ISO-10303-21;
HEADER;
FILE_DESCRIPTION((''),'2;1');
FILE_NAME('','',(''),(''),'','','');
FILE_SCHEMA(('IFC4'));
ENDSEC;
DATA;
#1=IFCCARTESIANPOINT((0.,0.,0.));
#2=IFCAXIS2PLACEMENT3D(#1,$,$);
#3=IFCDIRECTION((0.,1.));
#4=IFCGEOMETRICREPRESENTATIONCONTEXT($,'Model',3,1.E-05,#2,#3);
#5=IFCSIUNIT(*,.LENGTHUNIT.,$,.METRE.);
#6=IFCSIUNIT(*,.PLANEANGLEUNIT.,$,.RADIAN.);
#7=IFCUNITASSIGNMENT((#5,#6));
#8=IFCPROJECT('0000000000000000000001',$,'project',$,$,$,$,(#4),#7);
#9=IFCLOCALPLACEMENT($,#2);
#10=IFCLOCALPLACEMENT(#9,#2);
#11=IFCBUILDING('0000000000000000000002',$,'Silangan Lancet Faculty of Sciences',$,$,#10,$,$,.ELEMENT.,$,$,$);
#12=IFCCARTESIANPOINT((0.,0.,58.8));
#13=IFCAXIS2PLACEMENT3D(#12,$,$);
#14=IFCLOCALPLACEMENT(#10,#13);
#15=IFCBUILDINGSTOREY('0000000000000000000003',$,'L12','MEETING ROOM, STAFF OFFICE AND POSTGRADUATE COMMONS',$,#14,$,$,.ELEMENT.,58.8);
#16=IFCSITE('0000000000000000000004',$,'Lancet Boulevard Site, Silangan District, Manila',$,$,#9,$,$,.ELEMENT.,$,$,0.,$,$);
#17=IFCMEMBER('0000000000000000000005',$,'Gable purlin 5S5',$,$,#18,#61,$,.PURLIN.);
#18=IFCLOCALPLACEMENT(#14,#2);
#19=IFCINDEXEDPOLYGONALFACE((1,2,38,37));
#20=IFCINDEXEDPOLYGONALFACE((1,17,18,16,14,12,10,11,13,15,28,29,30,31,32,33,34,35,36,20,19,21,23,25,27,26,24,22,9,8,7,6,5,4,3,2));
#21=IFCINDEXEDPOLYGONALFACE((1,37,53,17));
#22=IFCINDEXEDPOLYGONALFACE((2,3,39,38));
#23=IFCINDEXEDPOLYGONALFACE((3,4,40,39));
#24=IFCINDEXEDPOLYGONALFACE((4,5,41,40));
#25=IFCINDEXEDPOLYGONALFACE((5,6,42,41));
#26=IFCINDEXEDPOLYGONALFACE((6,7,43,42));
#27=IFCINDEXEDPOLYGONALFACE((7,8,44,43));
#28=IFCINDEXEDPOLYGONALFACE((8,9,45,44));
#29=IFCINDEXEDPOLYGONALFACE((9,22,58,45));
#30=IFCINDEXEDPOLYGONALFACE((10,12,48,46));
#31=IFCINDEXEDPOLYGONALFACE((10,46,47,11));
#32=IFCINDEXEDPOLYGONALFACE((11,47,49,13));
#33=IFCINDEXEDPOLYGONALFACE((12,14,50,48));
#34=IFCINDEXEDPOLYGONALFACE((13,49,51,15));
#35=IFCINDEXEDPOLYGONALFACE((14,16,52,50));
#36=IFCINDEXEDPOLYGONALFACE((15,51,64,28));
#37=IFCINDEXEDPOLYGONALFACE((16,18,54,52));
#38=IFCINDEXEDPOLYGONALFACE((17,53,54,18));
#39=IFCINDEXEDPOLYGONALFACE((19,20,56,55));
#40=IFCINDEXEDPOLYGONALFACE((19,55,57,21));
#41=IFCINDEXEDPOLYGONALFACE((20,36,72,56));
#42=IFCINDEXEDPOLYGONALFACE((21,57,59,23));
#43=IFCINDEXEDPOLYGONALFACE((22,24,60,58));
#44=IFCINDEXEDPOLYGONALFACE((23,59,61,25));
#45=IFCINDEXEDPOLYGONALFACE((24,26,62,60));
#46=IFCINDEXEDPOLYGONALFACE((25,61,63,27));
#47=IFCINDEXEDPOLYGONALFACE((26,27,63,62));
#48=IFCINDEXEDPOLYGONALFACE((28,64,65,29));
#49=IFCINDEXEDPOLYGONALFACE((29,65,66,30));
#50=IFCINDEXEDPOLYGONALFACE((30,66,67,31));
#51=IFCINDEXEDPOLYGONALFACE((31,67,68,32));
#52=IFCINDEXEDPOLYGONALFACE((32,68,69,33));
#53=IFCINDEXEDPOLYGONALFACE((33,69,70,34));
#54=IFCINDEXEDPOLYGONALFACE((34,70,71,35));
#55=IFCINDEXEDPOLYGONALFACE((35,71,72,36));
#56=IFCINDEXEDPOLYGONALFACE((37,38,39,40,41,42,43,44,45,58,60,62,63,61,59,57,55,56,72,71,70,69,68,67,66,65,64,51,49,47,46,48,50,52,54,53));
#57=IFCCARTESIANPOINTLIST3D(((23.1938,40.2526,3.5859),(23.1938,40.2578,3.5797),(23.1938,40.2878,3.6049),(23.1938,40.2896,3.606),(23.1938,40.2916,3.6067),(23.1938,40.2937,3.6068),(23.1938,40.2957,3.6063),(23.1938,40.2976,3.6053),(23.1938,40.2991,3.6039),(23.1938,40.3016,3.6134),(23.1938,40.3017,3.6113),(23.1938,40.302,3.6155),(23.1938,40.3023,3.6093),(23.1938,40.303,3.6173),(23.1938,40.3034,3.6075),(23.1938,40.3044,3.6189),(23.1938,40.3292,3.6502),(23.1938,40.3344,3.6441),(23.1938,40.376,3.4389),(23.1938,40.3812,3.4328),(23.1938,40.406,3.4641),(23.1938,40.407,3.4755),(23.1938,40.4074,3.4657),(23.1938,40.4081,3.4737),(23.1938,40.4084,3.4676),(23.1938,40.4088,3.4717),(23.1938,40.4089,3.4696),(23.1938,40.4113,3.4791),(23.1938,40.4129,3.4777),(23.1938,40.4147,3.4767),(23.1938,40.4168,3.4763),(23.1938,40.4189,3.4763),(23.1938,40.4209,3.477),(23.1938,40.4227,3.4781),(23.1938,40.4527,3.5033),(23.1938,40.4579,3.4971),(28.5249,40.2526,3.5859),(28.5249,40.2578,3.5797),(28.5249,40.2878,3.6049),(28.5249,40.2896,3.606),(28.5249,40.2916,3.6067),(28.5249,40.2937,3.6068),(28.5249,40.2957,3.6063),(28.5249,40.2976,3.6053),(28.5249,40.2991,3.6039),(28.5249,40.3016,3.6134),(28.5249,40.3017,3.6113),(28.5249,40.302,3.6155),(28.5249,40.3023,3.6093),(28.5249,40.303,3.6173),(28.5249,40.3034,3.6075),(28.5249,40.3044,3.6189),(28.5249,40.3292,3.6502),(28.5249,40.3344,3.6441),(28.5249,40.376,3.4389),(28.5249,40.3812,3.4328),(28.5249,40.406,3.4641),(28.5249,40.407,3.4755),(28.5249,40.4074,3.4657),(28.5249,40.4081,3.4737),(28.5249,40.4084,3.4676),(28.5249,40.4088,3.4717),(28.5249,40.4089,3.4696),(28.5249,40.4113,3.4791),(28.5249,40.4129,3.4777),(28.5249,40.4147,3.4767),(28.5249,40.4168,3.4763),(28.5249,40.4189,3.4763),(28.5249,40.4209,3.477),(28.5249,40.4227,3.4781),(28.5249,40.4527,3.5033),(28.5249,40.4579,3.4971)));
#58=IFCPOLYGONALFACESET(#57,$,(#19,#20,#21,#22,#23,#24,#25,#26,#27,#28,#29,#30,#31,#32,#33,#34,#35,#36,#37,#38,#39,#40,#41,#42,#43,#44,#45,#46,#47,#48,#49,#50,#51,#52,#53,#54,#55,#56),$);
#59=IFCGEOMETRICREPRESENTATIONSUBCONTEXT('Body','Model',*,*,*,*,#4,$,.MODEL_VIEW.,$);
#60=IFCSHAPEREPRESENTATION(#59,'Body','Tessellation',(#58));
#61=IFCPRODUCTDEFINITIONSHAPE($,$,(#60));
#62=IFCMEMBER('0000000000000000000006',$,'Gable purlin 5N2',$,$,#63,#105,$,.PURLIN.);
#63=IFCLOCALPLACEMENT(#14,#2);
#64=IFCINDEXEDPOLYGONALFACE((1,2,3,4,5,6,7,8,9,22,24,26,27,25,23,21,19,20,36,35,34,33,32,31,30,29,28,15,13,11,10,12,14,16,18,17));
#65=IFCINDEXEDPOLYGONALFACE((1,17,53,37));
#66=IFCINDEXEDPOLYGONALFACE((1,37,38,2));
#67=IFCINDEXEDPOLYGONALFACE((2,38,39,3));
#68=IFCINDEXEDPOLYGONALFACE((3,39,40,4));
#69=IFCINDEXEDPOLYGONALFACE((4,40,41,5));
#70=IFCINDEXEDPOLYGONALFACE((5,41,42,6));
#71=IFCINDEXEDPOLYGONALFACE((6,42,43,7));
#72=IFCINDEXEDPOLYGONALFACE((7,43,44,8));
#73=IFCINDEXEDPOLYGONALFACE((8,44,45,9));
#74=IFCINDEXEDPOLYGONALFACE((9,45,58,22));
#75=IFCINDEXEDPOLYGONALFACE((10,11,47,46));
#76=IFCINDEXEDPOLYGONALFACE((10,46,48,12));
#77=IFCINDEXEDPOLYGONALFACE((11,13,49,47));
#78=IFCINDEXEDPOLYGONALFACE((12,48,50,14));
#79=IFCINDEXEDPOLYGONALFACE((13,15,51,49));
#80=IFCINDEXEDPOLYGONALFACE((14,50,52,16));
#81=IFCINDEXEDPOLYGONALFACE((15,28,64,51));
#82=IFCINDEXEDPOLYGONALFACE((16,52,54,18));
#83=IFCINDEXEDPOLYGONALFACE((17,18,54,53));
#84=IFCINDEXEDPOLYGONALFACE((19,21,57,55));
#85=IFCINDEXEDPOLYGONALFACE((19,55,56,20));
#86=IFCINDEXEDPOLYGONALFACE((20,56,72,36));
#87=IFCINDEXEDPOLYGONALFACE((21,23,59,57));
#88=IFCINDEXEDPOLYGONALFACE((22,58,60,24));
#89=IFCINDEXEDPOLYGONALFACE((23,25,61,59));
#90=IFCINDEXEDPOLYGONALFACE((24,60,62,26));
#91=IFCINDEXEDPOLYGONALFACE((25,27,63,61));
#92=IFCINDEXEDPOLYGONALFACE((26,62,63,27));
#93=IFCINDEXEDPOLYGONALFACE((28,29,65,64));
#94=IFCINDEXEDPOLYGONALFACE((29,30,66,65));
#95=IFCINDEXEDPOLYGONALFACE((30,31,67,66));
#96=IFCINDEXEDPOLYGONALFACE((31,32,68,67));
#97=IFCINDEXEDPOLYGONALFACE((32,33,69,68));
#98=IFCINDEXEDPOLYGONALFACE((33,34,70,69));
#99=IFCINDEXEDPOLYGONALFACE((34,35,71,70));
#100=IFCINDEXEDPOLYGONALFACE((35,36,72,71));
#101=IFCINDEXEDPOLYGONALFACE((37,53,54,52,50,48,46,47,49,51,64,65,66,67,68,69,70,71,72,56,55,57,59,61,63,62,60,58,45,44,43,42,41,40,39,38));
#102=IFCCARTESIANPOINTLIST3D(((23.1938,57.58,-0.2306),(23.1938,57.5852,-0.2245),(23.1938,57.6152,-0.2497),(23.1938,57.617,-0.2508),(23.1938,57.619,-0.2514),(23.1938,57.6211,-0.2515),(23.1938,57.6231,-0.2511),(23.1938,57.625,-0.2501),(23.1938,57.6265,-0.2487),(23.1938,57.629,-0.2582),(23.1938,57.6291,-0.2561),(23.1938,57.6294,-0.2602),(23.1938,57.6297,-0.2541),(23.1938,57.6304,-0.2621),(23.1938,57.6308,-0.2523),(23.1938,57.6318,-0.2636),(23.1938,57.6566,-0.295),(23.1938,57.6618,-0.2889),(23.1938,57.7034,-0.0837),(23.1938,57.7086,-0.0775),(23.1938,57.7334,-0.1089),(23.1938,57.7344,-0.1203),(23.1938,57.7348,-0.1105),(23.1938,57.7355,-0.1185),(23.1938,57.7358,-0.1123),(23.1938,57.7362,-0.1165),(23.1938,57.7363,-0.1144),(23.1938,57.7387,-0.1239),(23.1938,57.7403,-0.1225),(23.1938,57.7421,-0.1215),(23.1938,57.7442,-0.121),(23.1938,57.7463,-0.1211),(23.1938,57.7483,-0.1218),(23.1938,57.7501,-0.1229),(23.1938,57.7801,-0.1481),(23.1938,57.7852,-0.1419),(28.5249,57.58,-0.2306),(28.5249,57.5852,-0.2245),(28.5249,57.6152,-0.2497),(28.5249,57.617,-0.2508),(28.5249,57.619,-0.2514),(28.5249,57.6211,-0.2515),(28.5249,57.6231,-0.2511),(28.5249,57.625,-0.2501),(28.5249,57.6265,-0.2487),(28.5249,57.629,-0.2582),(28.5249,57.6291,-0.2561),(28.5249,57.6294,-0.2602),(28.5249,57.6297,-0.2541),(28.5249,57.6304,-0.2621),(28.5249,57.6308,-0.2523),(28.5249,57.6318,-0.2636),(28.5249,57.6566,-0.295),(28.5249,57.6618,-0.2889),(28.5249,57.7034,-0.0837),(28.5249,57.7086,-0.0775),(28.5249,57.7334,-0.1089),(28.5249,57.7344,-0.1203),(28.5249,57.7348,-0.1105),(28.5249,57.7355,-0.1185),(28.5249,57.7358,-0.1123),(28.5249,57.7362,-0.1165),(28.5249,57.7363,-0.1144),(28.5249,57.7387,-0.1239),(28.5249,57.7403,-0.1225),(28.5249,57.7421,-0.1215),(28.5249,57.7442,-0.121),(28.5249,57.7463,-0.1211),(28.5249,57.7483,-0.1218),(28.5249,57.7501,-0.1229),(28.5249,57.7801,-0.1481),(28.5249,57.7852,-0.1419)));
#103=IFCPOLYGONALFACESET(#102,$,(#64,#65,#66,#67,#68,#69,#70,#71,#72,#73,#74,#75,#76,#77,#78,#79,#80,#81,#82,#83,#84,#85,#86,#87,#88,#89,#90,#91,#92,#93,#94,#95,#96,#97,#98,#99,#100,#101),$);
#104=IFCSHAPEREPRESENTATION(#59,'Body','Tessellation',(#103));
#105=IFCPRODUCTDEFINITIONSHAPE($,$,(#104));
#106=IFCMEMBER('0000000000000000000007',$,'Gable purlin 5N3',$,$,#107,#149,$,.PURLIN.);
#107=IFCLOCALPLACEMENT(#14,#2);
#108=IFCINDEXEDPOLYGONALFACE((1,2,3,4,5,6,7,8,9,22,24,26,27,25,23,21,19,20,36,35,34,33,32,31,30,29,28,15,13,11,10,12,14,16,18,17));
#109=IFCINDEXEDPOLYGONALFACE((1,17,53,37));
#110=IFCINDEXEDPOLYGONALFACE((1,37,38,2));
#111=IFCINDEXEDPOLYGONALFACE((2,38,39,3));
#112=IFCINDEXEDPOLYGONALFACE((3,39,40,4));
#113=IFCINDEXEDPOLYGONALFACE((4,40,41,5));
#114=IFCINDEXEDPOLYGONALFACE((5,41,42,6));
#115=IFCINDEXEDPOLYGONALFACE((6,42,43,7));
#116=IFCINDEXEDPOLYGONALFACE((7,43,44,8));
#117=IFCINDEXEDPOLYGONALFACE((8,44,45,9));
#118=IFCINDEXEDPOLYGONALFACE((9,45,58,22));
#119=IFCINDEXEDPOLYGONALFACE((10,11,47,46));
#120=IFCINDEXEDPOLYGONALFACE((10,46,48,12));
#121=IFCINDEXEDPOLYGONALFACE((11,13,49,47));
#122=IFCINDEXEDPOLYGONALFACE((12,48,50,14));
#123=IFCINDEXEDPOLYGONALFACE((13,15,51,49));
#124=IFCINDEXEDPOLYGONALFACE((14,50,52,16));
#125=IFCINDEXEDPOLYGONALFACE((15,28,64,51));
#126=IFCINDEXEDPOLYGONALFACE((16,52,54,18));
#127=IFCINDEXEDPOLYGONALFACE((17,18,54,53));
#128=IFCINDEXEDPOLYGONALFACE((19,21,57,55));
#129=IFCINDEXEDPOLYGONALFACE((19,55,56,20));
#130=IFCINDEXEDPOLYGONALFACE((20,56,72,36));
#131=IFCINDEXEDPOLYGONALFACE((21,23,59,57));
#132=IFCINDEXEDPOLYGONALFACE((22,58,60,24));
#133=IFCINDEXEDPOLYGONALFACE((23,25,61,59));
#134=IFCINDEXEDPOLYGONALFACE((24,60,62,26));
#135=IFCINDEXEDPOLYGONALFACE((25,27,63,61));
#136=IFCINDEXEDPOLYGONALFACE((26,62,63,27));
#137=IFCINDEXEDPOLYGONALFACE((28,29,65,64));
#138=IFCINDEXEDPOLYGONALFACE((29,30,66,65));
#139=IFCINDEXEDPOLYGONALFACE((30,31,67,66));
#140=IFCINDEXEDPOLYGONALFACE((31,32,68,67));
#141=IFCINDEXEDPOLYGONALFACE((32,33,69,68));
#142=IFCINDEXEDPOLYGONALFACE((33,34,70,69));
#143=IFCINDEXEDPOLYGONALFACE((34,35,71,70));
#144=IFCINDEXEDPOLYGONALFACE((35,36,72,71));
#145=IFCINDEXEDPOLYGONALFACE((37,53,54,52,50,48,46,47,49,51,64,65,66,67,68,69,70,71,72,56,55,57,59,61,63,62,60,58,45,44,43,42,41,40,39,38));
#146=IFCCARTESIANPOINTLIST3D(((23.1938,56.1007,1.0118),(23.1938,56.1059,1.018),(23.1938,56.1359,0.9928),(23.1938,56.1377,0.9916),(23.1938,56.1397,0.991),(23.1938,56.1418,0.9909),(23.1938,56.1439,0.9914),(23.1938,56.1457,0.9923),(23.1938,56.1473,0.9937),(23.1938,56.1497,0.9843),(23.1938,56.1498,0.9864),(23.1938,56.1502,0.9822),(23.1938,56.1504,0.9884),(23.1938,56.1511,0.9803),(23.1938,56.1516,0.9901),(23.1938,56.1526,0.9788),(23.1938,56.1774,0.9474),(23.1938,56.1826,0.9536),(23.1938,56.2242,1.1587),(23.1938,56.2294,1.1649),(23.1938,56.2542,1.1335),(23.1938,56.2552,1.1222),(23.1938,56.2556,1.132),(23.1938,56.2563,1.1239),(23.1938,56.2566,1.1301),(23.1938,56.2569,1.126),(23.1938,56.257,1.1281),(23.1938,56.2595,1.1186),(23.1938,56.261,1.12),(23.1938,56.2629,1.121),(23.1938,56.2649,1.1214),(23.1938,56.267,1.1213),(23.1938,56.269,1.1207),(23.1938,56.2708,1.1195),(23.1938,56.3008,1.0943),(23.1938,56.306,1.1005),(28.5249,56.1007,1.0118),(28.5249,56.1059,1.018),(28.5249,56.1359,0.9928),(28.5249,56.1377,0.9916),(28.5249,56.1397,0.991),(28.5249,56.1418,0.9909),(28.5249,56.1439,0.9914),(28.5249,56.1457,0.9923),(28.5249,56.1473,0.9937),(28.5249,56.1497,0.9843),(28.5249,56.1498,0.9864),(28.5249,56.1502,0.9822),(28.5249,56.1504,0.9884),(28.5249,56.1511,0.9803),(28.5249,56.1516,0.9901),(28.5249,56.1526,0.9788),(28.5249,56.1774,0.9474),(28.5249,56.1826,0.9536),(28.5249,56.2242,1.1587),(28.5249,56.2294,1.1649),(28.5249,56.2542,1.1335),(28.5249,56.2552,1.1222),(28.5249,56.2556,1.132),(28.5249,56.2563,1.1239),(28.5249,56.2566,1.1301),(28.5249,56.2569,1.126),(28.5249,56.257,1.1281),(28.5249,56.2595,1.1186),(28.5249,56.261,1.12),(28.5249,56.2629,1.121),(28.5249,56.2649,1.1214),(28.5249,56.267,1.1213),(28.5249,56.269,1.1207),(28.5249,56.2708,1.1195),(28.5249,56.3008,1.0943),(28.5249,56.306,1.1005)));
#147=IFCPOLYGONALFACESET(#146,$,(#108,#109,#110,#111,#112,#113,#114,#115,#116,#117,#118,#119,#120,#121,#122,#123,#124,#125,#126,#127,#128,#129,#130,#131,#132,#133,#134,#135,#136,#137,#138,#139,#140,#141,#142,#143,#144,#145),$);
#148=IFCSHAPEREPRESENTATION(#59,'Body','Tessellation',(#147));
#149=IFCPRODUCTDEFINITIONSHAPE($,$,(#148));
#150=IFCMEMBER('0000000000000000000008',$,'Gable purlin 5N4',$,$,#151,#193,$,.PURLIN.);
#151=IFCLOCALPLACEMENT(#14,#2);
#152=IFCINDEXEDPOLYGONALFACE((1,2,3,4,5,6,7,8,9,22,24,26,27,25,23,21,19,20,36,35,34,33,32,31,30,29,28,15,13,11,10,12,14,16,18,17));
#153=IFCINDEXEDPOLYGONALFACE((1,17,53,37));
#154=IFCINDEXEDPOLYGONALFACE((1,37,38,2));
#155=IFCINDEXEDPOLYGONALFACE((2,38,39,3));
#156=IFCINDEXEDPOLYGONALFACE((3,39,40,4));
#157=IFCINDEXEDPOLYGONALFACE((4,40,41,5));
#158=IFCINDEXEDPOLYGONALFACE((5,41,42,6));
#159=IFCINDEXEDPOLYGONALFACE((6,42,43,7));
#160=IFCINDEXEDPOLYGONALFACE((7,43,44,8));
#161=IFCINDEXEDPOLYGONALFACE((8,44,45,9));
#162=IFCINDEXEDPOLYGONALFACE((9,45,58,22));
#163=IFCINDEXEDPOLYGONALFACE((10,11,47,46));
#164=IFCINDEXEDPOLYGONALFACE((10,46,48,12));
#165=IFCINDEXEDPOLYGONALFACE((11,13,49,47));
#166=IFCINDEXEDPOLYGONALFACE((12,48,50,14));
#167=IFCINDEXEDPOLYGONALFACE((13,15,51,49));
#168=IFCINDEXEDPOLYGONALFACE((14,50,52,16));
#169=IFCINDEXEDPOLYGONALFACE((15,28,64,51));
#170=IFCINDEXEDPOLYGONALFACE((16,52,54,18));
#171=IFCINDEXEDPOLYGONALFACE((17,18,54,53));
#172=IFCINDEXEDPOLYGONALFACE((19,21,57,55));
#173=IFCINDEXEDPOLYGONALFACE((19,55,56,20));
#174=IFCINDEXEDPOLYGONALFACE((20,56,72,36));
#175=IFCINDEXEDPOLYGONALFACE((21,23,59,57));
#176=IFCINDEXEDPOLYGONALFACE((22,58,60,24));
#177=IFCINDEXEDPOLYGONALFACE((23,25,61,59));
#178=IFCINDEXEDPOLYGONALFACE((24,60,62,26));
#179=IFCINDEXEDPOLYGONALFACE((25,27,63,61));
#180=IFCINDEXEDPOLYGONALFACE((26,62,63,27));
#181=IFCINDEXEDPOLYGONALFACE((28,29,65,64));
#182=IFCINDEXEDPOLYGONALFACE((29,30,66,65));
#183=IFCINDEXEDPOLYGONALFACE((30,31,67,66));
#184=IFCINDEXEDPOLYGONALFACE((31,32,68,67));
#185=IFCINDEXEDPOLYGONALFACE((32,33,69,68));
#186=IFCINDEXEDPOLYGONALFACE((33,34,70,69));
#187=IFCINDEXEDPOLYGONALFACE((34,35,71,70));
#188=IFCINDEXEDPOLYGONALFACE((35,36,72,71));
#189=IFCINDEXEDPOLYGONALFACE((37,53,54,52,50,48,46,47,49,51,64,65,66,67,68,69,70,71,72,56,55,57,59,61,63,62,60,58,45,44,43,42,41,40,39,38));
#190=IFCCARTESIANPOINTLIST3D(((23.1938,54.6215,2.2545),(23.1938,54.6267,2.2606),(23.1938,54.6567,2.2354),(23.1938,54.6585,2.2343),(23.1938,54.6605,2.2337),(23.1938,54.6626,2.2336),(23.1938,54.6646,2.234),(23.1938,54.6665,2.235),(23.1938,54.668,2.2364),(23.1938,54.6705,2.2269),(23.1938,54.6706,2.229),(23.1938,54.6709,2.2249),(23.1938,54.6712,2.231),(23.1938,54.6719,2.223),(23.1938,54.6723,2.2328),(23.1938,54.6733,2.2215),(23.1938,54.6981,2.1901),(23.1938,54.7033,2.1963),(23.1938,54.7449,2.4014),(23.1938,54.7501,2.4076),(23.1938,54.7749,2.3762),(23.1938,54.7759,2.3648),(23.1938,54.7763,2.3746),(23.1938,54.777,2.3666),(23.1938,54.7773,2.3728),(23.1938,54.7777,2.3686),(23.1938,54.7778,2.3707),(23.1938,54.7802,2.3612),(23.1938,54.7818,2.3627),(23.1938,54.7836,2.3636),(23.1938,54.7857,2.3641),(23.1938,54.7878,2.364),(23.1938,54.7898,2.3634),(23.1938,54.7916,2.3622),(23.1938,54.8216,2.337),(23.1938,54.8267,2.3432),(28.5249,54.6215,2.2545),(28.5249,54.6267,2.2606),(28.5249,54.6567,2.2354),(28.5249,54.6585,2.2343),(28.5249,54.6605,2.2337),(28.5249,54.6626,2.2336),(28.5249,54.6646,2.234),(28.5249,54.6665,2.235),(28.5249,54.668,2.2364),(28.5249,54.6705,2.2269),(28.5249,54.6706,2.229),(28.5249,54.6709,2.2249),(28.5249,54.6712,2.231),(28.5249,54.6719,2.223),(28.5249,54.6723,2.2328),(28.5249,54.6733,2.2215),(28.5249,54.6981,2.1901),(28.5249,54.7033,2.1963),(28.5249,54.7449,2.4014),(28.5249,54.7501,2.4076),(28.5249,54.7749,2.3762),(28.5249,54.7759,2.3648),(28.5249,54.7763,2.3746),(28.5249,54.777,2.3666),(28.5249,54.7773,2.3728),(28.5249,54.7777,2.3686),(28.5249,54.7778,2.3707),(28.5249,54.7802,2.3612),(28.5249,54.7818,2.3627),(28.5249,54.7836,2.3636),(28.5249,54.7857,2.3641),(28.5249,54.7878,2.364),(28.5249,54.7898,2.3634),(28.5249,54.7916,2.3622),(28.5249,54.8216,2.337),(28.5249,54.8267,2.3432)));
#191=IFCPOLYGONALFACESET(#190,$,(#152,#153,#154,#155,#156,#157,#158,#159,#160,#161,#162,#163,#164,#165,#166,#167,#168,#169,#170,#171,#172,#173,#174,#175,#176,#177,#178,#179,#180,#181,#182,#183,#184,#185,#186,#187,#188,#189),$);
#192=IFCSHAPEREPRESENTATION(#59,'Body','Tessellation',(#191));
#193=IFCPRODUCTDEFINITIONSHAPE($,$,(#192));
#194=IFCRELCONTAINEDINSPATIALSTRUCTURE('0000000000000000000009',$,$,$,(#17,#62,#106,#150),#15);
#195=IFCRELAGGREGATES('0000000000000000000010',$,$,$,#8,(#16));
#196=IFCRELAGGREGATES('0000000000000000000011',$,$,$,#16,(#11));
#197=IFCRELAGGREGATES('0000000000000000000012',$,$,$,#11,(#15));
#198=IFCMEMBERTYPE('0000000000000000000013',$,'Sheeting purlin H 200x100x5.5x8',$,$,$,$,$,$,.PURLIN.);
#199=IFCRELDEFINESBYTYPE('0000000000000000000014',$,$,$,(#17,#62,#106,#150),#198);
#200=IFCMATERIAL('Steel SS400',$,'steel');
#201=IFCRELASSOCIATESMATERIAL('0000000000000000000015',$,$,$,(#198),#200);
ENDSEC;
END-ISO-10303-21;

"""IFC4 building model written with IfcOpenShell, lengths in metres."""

from ifc_helpers import new_model, si_unit, direction, frame, origin, origin_2d, place, context, subcontext, project, spatial, i_section, extrude, material, material_profile, profile_set, type_object, element, save


model = new_model("IFC4")

# Units and contexts
model_context = context("Model", 3, precision=1e-05, world=origin(), true_north=direction((0.0, 1.0)))
body_context = subcontext(model_context, "Body", "Model", "MODEL_VIEW")
ifc_project = project(units=[si_unit("LENGTHUNIT", "METRE"), si_unit("PLANEANGLEUNIT", "RADIAN")], contexts=[model_context])

# Site, building, storey
site_placement = place(None, origin())
site = spatial("IfcSite", under=ifc_project, at=site_placement, Name="Lancet Boulevard Site, Silangan District, Manila", CompositionType="ELEMENT", RefElevation=0.0)
building_placement = place(site_placement, origin())
building = spatial("IfcBuilding", under=site, at=building_placement, Name="Silangan Lancet Faculty of Sciences", CompositionType="ELEMENT")
storey_placement = place(building_placement, frame((0.0, 0.0, 58.8)))
storey = spatial("IfcBuildingStorey", under=building, at=storey_placement, Name="L12", Description="MEETING ROOM, STAFF OFFICE AND POSTGRADUATE COMMONS", CompositionType="ELEMENT", Elevation=58.8)

# Members
ifc_material_1 = material(Name="Steel SS400", Category="steel")
ifc_material_profile_1 = material_profile(ifc_material_1, i_section(OverallWidth=0.1001, OverallDepth=0.2, WebThickness=0.0056, FlangeThickness=0.0081, FilletRadius=0.0081, at=origin_2d()), Name="H 200x100x5.5x8")
ifc_profile_set_1 = profile_set([ifc_material_profile_1], Name="Steel SS400")
member_type_1 = type_object("IfcMemberType", Name="Sheeting purlin H 200x100x5.5x8", PredefinedType="PURLIN", material=ifc_profile_set_1)
for number, where, z_axis, x_axis, name in (
    (1, (23.1938, 40.3552, 3.5415), (1.0, 0.0, 0.0), (0.0, 0.765705, 0.643192), "Gable purlin 5S5"),
    (2, (23.1938, 57.6826, -0.1863), (1.0, 0.0, 0.0), (0.0, 0.765705, -0.643192), "Gable purlin 5N2"),
    (3, (23.1938, 56.2034, 1.0562), (1.0, 0.0, 0.0), (0.0, 0.765705, -0.643192), "Gable purlin 5N3"),
    (4, (23.1938, 54.7241, 2.2988), (1.0, 0.0, 0.0), (0.0, 0.765705, -0.643192), "Gable purlin 5N4"),
):
    element("IfcMember", number, at=place(storey_placement, frame(where, z_axis=z_axis, x_axis=x_axis)), inside=storey, type_object=member_type_1, Name=name, PredefinedType="PURLIN", context=body_context, shape_type="SweptSolid", body=[
        extrude(i_section(OverallWidth=0.1001, OverallDepth=0.2, WebThickness=0.0056, FlangeThickness=0.0081, FilletRadius=0.0081, at=origin_2d()), origin(), (0.0, 0.0, 1.0), 5.3311),
    ])

save(model, "model.ifc")
